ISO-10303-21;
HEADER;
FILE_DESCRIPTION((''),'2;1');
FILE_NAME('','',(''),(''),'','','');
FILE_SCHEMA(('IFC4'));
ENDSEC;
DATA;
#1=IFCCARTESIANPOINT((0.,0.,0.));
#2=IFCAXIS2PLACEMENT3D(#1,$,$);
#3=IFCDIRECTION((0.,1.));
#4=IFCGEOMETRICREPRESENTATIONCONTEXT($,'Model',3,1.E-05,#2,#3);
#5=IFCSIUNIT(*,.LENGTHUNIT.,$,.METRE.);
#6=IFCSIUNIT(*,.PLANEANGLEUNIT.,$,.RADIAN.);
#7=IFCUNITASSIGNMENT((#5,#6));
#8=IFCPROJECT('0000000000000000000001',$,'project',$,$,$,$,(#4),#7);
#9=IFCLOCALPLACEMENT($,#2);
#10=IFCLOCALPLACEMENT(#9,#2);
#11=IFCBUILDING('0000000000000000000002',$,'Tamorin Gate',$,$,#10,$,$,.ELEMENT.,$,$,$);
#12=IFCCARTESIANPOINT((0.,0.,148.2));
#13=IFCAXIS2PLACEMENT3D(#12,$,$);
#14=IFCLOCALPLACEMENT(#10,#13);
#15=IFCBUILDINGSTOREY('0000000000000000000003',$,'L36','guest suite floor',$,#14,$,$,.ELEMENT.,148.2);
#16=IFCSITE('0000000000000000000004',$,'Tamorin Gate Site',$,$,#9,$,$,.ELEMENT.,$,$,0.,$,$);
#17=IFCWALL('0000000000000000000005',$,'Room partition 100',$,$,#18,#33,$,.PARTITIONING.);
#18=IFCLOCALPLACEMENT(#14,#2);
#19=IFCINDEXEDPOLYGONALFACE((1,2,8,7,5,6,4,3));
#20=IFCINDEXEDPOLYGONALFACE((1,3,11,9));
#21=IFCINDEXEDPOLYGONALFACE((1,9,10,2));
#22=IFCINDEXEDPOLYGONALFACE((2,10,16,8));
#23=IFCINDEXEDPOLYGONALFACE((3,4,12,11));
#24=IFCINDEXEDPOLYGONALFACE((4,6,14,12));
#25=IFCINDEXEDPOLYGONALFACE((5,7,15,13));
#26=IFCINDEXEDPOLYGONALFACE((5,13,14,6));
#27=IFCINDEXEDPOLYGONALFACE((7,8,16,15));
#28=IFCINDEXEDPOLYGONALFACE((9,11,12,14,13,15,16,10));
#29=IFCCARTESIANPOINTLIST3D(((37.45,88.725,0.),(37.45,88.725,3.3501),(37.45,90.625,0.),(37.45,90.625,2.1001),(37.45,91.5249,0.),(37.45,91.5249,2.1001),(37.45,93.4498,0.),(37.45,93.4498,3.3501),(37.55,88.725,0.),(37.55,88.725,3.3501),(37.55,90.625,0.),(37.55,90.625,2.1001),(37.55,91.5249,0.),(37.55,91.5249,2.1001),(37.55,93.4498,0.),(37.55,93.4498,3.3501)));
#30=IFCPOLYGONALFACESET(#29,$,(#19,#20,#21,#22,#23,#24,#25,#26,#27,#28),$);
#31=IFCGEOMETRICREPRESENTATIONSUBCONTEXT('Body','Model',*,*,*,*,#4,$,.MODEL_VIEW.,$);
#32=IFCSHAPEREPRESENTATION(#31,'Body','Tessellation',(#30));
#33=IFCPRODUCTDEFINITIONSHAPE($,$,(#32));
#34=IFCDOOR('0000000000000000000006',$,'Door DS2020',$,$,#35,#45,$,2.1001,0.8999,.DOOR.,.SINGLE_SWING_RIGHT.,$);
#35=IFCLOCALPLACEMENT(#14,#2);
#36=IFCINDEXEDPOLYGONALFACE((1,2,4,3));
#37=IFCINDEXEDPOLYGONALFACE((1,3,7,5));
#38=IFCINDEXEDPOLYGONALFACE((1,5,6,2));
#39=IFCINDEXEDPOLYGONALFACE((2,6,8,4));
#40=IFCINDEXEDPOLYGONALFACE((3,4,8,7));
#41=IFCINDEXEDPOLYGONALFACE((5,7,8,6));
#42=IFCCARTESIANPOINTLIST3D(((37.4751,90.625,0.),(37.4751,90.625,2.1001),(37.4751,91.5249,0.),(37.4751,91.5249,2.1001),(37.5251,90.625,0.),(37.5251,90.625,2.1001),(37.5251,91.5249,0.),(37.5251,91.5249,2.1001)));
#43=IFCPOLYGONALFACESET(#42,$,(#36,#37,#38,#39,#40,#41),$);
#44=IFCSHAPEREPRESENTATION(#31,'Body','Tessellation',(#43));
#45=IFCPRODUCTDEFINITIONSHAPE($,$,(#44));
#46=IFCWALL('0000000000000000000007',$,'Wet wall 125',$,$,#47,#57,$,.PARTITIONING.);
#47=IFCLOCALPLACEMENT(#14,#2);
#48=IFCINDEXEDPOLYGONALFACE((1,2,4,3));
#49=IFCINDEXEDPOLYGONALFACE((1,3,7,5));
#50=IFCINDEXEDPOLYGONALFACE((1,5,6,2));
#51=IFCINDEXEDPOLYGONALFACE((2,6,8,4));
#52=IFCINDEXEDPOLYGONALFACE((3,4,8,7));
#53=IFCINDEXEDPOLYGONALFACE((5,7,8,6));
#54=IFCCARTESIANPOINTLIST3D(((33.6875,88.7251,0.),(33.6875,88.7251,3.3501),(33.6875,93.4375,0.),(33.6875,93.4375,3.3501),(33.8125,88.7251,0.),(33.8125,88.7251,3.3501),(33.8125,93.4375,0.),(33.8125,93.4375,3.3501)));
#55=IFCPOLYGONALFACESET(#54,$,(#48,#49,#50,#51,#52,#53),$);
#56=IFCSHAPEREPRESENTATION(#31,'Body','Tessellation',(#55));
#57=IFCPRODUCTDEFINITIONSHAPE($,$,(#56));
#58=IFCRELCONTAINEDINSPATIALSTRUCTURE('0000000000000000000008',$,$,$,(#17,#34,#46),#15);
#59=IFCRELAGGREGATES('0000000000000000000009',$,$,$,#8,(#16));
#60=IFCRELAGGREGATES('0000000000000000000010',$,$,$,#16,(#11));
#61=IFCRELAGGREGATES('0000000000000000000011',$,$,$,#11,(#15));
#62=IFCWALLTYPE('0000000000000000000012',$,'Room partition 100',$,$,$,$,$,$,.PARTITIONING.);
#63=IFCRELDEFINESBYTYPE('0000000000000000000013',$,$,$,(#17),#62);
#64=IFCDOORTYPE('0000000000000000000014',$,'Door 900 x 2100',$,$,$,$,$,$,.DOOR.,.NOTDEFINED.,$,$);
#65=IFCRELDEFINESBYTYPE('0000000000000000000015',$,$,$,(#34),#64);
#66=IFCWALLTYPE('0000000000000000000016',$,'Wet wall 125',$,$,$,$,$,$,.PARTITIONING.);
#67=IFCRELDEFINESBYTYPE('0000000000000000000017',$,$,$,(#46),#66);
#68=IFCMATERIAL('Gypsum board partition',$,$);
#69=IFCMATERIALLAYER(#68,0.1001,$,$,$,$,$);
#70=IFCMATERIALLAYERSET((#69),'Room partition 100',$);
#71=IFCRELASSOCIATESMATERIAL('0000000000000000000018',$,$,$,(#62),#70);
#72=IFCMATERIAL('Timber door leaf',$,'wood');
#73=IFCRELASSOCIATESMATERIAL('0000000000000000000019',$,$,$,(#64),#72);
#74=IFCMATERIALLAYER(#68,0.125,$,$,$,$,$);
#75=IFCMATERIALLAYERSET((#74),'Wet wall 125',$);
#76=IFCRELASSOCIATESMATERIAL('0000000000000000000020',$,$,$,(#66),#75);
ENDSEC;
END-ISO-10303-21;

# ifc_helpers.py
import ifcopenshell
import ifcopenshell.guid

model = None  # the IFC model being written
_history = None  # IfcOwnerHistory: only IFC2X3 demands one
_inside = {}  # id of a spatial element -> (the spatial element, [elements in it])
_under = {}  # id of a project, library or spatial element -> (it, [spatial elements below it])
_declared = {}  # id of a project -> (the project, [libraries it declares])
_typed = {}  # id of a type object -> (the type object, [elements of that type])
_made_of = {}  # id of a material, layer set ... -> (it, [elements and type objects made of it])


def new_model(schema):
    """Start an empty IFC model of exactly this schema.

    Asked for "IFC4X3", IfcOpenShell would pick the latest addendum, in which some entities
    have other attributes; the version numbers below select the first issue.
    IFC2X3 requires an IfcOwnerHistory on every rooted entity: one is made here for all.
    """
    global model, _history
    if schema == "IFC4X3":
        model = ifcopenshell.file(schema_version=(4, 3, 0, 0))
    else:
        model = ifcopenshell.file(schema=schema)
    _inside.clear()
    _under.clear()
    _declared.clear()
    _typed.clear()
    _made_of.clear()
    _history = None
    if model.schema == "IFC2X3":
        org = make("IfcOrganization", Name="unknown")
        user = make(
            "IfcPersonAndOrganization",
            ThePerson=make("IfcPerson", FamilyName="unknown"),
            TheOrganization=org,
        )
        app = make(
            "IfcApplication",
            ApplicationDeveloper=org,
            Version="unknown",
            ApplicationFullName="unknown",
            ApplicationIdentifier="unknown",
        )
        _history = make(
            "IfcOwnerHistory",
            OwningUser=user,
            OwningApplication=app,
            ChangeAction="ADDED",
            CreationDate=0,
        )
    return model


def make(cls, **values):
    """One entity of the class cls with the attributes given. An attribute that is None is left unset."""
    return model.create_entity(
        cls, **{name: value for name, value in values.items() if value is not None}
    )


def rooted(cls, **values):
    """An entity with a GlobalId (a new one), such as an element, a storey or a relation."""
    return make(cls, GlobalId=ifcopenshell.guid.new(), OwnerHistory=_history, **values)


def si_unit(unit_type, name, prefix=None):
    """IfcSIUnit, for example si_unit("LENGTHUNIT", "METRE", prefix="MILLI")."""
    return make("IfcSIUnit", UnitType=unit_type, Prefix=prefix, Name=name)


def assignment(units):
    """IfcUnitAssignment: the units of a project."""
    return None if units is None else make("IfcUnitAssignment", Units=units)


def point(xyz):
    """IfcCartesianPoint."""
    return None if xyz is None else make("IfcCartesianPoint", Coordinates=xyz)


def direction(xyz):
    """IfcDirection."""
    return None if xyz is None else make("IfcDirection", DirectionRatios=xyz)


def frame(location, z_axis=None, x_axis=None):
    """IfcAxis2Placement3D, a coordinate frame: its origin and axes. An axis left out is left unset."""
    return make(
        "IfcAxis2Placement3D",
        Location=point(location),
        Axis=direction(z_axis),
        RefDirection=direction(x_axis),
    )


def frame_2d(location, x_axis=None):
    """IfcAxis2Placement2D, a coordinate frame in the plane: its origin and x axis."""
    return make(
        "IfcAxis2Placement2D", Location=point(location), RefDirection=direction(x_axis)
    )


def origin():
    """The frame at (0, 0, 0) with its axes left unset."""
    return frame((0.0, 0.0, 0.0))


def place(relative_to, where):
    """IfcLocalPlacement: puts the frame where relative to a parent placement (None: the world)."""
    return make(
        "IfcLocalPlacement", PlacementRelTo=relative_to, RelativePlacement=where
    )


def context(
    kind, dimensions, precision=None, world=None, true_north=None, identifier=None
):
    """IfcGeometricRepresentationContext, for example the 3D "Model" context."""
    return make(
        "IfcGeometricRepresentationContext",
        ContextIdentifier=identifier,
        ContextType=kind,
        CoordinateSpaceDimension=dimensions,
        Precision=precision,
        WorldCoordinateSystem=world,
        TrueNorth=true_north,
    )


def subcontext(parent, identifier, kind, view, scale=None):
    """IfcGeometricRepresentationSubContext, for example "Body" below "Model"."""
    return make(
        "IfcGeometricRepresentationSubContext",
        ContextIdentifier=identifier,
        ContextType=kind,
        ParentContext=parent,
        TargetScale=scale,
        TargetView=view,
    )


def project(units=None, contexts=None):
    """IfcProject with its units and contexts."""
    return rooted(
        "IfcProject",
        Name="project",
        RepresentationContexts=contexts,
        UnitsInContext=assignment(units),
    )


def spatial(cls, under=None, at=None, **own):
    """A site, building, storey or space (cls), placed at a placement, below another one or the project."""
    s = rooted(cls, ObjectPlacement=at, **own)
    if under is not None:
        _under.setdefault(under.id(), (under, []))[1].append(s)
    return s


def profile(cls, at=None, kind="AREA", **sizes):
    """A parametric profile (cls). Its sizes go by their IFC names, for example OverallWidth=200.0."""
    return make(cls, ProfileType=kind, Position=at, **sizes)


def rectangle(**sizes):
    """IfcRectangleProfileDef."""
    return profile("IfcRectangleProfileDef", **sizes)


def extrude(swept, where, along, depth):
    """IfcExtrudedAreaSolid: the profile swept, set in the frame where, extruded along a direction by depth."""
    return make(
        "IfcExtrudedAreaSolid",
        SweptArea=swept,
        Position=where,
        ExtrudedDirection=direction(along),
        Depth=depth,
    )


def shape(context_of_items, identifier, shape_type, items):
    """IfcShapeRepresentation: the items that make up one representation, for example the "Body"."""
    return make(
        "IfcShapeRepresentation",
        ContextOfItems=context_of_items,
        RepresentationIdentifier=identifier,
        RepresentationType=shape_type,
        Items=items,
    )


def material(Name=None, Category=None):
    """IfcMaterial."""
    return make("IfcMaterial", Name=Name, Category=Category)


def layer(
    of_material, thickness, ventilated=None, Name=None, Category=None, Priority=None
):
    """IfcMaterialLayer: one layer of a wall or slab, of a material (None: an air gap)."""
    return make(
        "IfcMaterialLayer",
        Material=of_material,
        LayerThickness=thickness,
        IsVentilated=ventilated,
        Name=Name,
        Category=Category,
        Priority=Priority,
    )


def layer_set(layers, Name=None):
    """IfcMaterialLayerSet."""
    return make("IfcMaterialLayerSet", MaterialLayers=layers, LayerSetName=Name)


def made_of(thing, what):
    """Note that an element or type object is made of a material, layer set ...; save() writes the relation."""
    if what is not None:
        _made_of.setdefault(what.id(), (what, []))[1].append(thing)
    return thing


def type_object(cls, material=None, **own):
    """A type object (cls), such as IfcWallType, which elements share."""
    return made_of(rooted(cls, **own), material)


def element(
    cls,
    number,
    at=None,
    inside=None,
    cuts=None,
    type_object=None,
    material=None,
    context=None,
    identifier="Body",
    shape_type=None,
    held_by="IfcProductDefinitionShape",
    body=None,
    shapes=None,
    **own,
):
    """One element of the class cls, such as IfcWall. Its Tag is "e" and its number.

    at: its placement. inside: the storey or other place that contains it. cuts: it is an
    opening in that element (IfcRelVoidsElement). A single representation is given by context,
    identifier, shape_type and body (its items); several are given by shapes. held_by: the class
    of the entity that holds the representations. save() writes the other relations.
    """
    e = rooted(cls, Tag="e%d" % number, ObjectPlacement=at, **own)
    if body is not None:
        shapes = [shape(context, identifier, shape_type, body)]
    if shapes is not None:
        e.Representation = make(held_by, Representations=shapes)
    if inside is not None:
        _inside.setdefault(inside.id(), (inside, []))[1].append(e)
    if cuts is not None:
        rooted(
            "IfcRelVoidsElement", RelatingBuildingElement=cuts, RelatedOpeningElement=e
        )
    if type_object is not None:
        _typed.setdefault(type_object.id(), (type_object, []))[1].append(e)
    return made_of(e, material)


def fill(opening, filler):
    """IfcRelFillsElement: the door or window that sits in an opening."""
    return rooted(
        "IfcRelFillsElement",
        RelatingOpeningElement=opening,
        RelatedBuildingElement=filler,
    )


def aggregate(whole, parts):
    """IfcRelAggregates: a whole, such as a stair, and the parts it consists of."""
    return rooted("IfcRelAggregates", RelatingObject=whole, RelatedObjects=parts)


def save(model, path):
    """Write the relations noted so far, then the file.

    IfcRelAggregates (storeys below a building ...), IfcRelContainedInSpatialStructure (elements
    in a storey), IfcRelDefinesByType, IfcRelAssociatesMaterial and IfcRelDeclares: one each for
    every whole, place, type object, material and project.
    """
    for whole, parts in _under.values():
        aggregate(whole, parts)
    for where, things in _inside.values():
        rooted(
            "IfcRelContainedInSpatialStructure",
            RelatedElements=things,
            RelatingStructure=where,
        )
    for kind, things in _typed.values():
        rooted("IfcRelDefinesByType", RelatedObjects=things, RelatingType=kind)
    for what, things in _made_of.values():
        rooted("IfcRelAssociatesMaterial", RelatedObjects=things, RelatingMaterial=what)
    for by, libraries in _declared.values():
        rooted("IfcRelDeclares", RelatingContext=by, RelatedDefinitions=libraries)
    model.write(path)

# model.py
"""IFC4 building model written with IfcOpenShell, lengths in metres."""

from ifc_helpers import new_model, si_unit, direction, frame, frame_2d, origin, place, context, subcontext, project, spatial, rectangle, extrude, material, layer, layer_set, type_object, element, fill, save


model = new_model("IFC4")

# Units and contexts
model_context = context("Model", 3, precision=1e-05, world=origin(), true_north=direction((0.0, 1.0)))
body_context = subcontext(model_context, "Body", "Model", "MODEL_VIEW")
ifc_project = project(units=[si_unit("LENGTHUNIT", "METRE"), si_unit("PLANEANGLEUNIT", "RADIAN")], contexts=[model_context])

# Site, building, storey
site_placement = place(None, origin())
site = spatial("IfcSite", under=ifc_project, at=site_placement, Name="Tamorin Gate Site", CompositionType="ELEMENT", RefElevation=0.0)
building_placement = place(site_placement, origin())
building = spatial("IfcBuilding", under=site, at=building_placement, Name="Tamorin Gate", CompositionType="ELEMENT")
storey_placement = place(building_placement, frame((0.0, 0.0, 148.2)))
storey = spatial("IfcBuildingStorey", under=building, at=storey_placement, Name="L36", Description="guest suite floor", CompositionType="ELEMENT", Elevation=148.2)

# Shared definitions
ifc_material_1 = material(Name="Gypsum board partition")
ifc_material_2 = material(Name="Timber door leaf", Category="wood")

# Wall, opening, door
ifc_layer_1 = layer(ifc_material_1, 0.1001)
ifc_layer_set_1 = layer_set([ifc_layer_1], Name="Room partition 100")
wall_type_1 = type_object("IfcWallType", Name="Room partition 100", PredefinedType="PARTITIONING", material=ifc_layer_set_1)
wall_1_placement = place(storey_placement, frame((37.5, 88.7251, 0.0), z_axis=(0.0, 0.0, 1.0), x_axis=(0.0, 1.0, 0.0)))
wall_1 = element("IfcWall", 1, at=wall_1_placement, inside=storey, type_object=wall_type_1, Name="Room partition 100", PredefinedType="PARTITIONING", context=body_context, shape_type="SweptSolid", body=[
    extrude(rectangle(XDim=4.7249, YDim=0.1001, at=frame_2d((2.3623, 0.0))), origin(), (0.0, 0.0, 1.0), 3.3501),
])
opening_1_placement = place(wall_1_placement, frame((1.8999, 0.0, 0.0)))
opening_1 = element("IfcOpeningElement", 2, at=opening_1_placement, cuts=wall_1, PredefinedType="OPENING", context=body_context, shape_type="SweptSolid", body=[
    extrude(rectangle(XDim=0.8999, YDim=2.1001, at=frame_2d((0.45, 1.05))), frame((0.0, 0.0601, 0.0), z_axis=(0.0, -1.0, 0.0), x_axis=(1.0, 0.0, 0.0)), (0.0, 0.0, 1.0), 0.1201),
])
door_type_1 = type_object("IfcDoorType", Name="Door 900 x 2100", OperationType="NOTDEFINED", PredefinedType="DOOR", material=ifc_material_2)
door_1_placement = place(opening_1_placement, origin())
door_1 = element("IfcDoor", 3, at=door_1_placement, inside=storey, type_object=door_type_1, Name="Door DS2020", OperationType="SINGLE_SWING_RIGHT", OverallHeight=2.1001, OverallWidth=0.8999, PredefinedType="DOOR", context=body_context, shape_type="SweptSolid", body=[
    extrude(rectangle(XDim=0.8999, YDim=2.1001, at=frame_2d((0.45, 1.05))), frame((0.0, 0.0249, 0.0), z_axis=(0.0, -1.0, 0.0), x_axis=(1.0, 0.0, 0.0)), (0.0, 0.0, 1.0), 0.05),
])
fill(opening_1, door_1)

# Wall
ifc_layer_2 = layer(ifc_material_1, 0.125)
ifc_layer_set_2 = layer_set([ifc_layer_2], Name="Wet wall 125")
wall_type_2 = type_object("IfcWallType", Name="Wet wall 125", PredefinedType="PARTITIONING", material=ifc_layer_set_2)
wall_2_placement = place(storey_placement, frame((33.75, 88.7251, 0.0), z_axis=(0.0, 0.0, 1.0), x_axis=(0.0, 1.0, 0.0)))
element("IfcWall", 4, at=wall_2_placement, inside=storey, type_object=wall_type_2, Name="Wet wall 125", PredefinedType="PARTITIONING", context=body_context, shape_type="SweptSolid", body=[
    extrude(rectangle(XDim=4.7124, YDim=0.125, at=frame_2d((2.3562, 0.0))), origin(), (0.0, 0.0, 1.0), 3.3501),
])

save(model, "model.ifc")
